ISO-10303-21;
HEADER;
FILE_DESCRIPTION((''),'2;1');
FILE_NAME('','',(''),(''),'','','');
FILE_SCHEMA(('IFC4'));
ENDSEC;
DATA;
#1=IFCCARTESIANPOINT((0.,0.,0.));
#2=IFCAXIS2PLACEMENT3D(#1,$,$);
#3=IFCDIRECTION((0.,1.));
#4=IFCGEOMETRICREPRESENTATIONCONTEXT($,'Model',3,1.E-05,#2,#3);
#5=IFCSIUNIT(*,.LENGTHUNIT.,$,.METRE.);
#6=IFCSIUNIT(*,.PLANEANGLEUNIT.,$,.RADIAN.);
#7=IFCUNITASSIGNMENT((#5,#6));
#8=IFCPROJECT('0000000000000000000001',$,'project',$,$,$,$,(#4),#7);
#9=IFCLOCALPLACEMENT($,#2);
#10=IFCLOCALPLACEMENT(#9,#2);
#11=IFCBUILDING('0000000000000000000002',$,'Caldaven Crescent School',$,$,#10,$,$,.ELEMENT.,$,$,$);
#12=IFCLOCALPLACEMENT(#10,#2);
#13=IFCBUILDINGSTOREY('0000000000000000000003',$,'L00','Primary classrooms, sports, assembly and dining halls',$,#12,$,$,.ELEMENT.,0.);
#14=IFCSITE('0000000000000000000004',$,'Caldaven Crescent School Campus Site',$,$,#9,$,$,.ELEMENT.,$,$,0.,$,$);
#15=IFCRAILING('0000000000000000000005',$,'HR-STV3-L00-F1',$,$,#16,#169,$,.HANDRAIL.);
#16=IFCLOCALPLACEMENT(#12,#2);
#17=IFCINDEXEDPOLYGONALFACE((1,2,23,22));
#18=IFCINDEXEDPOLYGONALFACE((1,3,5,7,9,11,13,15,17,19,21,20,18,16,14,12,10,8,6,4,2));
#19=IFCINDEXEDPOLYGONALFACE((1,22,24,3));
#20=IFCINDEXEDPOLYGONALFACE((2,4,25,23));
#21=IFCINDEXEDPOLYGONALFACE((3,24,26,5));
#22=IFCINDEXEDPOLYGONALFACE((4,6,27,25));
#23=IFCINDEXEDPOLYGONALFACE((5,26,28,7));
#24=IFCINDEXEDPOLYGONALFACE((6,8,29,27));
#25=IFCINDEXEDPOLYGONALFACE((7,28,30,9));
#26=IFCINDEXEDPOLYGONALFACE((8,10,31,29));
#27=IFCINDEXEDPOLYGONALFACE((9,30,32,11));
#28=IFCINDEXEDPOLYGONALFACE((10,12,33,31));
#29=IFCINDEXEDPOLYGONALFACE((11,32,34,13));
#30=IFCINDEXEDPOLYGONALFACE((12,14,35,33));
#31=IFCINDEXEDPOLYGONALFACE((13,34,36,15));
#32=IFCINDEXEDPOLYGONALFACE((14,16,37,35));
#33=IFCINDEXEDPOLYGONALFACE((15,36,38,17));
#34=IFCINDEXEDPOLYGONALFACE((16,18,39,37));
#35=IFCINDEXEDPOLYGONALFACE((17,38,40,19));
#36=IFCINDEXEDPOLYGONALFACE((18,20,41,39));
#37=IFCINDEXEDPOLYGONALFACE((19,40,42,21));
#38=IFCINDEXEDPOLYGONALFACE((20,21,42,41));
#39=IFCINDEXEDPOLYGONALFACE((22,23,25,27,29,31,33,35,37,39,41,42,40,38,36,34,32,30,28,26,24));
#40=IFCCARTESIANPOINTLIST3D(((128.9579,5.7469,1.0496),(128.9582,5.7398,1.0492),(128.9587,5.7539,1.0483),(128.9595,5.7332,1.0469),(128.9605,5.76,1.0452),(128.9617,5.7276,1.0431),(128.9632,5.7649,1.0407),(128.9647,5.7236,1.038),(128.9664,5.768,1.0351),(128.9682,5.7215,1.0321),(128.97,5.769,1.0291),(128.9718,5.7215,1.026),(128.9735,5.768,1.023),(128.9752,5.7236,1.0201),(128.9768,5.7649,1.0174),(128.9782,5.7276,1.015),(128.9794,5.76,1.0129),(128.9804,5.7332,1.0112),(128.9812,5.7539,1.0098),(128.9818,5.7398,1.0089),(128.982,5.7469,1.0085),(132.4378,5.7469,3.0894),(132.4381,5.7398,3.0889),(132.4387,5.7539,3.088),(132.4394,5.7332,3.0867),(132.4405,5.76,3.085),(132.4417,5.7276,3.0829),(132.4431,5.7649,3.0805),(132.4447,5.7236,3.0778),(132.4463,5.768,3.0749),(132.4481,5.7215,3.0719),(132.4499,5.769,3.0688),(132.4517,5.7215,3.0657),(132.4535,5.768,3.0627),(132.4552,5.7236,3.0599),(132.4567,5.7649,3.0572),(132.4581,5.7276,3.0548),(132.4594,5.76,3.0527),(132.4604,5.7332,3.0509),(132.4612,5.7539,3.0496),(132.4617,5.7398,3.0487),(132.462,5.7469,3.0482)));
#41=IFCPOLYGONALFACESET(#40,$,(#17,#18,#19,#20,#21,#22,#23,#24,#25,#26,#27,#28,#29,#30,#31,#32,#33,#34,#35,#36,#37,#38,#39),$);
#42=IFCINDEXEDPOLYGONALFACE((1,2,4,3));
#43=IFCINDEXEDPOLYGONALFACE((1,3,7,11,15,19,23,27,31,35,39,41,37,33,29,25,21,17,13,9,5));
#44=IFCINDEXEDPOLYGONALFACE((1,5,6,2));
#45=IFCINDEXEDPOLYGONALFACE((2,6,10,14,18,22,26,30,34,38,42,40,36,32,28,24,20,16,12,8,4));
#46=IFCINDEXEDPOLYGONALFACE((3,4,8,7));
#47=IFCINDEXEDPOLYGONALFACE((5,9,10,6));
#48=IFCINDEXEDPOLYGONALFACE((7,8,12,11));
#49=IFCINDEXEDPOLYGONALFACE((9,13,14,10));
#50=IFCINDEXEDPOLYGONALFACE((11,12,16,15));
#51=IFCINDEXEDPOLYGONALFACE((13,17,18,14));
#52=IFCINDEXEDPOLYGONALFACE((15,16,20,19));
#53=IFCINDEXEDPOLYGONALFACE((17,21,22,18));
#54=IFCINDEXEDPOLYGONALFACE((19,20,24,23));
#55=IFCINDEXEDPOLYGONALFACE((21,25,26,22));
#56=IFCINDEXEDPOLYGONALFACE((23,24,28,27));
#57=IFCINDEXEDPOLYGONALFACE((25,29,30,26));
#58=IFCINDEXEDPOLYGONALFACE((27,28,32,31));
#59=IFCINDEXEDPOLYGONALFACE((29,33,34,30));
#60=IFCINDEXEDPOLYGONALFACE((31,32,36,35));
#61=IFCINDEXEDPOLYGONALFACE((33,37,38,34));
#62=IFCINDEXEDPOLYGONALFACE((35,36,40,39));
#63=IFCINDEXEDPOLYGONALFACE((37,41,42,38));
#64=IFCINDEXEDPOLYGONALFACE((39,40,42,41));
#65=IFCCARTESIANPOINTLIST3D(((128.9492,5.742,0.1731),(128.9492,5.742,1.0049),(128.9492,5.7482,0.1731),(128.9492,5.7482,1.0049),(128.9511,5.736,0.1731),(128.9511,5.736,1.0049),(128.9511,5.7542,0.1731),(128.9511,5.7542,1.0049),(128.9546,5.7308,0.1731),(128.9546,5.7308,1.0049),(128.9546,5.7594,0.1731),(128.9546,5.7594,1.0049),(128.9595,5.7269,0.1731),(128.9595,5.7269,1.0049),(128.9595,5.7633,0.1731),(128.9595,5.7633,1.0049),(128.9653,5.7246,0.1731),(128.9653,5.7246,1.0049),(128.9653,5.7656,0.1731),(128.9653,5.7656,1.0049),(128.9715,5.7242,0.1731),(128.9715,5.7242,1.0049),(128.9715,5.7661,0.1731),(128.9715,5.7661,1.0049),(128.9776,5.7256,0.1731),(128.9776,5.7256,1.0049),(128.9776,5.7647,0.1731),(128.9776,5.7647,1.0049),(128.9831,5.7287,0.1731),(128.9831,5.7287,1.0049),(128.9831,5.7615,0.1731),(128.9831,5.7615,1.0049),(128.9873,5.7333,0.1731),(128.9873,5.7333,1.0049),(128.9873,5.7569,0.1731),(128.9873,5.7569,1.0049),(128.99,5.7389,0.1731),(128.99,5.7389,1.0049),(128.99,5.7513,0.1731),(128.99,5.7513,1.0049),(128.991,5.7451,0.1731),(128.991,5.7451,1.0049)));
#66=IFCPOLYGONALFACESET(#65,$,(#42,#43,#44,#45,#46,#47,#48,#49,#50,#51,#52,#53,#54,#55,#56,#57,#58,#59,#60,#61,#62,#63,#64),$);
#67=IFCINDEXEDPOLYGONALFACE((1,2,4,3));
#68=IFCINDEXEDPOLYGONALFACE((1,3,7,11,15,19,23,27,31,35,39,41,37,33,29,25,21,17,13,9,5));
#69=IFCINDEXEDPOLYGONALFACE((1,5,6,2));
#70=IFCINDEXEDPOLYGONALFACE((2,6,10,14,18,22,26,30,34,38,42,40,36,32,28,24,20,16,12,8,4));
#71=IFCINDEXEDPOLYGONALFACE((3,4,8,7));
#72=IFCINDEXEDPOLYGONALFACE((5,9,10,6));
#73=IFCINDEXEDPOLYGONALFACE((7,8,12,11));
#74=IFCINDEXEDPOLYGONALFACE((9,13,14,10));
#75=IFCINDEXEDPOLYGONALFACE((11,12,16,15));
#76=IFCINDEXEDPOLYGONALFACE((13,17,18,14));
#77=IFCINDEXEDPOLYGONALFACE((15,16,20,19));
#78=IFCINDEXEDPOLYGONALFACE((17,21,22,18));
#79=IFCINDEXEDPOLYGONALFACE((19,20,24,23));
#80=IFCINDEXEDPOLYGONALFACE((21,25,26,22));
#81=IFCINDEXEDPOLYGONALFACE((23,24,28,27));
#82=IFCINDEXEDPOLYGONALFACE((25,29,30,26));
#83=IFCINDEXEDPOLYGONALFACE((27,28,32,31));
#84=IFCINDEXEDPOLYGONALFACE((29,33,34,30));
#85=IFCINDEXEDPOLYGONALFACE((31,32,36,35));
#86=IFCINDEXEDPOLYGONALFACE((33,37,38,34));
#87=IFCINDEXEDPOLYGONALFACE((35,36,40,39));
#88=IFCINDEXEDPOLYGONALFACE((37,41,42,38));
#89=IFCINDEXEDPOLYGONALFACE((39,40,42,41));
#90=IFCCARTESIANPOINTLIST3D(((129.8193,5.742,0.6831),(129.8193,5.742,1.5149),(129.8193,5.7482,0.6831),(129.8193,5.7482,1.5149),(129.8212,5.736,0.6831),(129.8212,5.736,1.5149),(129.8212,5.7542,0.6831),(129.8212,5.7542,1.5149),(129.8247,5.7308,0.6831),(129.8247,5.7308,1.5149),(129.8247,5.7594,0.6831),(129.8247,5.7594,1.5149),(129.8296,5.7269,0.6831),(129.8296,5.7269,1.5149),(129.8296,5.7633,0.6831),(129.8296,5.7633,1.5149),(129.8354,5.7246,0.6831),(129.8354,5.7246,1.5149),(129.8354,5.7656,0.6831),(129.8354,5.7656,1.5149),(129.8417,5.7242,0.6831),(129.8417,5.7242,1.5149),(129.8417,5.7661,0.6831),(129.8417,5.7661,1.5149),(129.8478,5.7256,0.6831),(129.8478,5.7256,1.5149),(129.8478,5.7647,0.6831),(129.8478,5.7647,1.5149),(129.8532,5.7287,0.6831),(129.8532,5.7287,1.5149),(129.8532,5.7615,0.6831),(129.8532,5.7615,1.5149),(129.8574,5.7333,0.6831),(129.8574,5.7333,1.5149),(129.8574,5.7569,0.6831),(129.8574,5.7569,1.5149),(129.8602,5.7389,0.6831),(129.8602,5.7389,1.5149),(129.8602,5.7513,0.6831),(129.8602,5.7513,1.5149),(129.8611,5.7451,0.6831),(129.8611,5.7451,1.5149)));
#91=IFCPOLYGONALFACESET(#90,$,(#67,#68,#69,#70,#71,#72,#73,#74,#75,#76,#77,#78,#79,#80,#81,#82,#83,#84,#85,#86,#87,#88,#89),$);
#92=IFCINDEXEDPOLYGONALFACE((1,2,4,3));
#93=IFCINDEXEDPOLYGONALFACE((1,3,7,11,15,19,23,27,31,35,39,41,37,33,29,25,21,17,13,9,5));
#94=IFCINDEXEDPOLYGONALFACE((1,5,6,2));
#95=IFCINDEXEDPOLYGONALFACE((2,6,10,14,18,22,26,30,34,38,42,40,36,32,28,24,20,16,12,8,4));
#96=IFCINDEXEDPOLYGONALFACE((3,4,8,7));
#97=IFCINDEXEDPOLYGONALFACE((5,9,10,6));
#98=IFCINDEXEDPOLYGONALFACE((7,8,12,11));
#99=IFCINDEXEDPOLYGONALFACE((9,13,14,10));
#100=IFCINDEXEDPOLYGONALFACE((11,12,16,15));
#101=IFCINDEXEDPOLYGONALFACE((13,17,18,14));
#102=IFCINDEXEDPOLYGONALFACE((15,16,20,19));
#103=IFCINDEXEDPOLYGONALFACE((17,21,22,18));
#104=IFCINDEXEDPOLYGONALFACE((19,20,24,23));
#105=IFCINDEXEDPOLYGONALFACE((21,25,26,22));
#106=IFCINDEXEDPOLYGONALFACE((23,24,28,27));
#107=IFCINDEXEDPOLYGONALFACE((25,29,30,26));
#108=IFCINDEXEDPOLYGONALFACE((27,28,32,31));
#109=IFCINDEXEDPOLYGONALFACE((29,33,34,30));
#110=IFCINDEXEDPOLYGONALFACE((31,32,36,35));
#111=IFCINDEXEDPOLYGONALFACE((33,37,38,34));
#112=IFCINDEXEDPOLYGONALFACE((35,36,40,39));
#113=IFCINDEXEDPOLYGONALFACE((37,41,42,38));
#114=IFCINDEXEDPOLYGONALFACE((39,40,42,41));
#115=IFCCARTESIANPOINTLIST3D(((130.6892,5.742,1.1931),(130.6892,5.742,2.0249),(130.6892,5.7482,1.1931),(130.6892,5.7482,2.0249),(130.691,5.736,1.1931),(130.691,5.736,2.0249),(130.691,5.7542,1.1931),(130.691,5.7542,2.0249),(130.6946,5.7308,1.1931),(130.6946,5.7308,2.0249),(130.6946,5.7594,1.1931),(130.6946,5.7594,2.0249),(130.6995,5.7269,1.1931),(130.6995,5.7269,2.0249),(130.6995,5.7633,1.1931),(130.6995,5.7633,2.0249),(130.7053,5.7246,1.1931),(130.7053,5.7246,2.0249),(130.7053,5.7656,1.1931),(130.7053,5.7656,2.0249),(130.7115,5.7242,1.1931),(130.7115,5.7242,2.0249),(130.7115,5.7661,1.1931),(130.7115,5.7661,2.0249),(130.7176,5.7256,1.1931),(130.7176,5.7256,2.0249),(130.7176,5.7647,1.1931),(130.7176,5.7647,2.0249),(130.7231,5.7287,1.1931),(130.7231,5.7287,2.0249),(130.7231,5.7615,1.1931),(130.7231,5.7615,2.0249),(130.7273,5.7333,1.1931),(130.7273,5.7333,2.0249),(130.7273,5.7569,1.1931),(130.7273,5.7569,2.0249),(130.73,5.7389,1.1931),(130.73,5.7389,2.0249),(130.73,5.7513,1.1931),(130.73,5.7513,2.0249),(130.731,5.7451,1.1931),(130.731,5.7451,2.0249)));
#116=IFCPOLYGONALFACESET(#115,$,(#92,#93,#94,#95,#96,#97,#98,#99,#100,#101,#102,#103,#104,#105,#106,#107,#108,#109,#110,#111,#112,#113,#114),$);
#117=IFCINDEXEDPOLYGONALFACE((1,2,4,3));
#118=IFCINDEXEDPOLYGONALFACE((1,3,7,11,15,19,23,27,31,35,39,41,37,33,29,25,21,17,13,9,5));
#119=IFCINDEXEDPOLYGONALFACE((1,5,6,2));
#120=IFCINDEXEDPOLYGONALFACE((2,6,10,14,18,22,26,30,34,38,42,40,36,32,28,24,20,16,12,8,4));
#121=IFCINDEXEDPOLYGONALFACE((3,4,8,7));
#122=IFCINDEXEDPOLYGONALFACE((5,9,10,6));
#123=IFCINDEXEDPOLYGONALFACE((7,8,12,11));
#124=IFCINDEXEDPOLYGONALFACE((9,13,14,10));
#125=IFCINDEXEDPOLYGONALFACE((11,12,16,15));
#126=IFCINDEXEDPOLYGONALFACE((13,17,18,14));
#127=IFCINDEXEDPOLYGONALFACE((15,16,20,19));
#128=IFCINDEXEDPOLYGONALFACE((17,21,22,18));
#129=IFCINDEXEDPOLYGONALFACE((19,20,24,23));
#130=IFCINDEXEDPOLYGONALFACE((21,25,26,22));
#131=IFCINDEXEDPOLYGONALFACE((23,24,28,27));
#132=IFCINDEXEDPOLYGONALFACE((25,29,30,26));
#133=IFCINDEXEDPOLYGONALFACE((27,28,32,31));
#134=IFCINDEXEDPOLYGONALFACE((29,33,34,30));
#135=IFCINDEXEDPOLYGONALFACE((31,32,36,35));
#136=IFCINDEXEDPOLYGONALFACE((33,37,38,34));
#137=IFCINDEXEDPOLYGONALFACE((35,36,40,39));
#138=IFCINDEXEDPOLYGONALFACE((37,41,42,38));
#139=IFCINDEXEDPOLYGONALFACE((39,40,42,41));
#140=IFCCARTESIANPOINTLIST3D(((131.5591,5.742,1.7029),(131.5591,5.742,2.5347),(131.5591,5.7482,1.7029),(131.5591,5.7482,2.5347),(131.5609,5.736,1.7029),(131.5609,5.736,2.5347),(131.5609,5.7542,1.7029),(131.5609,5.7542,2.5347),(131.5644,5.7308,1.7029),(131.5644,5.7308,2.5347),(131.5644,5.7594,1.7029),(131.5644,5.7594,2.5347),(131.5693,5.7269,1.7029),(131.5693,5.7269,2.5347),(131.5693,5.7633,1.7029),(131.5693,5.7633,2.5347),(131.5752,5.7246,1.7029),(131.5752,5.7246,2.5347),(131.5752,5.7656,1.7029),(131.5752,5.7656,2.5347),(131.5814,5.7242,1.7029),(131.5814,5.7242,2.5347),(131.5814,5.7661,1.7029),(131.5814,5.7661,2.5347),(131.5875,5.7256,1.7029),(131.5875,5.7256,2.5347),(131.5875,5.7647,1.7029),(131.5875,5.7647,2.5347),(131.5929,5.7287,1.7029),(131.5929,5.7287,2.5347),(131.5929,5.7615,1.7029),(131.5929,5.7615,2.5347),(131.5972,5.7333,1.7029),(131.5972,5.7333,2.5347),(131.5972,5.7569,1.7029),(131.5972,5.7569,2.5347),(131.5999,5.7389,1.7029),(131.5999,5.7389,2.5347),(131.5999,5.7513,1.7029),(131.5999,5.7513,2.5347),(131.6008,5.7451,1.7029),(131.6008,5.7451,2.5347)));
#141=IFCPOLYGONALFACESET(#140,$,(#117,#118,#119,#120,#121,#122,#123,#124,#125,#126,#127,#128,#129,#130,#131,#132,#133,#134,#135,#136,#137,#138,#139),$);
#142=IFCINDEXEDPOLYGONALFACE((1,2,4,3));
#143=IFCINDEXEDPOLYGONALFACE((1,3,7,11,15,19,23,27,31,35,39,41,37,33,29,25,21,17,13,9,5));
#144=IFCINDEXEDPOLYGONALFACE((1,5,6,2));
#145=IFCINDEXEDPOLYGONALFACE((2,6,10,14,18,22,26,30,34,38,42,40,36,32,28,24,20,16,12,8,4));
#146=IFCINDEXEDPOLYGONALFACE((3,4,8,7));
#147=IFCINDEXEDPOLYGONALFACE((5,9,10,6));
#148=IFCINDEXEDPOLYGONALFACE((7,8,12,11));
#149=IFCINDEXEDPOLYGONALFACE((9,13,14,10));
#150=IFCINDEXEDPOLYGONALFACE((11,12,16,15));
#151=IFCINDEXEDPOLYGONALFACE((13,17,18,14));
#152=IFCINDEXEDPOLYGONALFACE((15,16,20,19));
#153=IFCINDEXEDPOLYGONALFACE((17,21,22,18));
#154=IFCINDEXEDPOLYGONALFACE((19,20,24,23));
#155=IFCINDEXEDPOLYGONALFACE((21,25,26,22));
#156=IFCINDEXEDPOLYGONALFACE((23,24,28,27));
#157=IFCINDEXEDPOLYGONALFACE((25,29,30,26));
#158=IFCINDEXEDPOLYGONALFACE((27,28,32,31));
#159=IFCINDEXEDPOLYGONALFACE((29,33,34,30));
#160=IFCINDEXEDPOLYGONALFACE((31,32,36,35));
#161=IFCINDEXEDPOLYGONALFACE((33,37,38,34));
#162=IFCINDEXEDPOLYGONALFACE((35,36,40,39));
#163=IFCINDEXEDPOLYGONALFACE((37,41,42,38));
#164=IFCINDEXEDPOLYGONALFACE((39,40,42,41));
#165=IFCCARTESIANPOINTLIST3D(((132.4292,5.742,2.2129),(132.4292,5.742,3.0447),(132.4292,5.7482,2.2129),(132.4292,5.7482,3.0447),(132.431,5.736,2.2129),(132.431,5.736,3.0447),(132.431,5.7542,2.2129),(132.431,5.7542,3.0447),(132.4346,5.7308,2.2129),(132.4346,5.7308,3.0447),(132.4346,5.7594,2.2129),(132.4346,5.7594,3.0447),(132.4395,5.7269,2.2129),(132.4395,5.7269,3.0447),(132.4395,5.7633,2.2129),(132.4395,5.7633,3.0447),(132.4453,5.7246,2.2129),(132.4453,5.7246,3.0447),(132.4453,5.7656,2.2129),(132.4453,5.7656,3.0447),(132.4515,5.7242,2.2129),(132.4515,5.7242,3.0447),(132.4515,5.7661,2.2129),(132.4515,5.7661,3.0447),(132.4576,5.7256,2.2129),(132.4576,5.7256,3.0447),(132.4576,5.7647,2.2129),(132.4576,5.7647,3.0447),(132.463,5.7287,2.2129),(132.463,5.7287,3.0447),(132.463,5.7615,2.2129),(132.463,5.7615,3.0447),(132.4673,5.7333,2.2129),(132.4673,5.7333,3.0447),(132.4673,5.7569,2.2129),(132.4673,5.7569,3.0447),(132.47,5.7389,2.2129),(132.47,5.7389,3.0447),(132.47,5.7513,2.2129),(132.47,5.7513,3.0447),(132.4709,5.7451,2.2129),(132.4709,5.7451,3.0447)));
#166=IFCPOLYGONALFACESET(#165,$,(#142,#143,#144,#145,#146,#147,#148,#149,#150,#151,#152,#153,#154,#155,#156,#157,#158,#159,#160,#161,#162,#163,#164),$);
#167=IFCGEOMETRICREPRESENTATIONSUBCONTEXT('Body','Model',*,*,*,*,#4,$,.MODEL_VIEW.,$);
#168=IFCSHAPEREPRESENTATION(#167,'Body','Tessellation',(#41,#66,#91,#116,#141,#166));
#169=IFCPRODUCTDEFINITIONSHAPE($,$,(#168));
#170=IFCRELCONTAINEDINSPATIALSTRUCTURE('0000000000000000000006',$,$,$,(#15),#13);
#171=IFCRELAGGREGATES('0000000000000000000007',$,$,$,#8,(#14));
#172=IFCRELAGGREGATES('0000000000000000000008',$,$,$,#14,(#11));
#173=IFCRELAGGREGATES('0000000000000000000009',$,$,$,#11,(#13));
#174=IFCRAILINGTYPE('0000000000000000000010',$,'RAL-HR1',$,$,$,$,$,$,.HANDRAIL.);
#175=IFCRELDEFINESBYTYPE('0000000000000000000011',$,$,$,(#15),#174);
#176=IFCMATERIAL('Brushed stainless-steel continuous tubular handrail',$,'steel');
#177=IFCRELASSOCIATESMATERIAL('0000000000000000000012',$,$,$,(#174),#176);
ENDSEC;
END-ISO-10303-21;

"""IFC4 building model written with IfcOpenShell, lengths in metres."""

from ifc_helpers import new_model, si_unit, direction, frame, origin, origin_2d, place, context, subcontext, project, spatial, circle, extrude, material, type_object, element, save


model = new_model("IFC4")

# Units and contexts
model_context = context("Model", 3, precision=1e-05, world=origin(), true_north=direction((0.0, 1.0)))
body_context = subcontext(model_context, "Body", "Model", "MODEL_VIEW")
ifc_project = project(units=[si_unit("LENGTHUNIT", "METRE"), si_unit("PLANEANGLEUNIT", "RADIAN")], contexts=[model_context])

# Site, building, storey
site_placement = place(None, origin())
site = spatial("IfcSite", under=ifc_project, at=site_placement, Name="Caldaven Crescent School Campus Site", CompositionType="ELEMENT", RefElevation=0.0)
building_placement = place(site_placement, origin())
building = spatial("IfcBuilding", under=site, at=building_placement, Name="Caldaven Crescent School", CompositionType="ELEMENT")
storey_placement = place(building_placement, origin())
storey = spatial("IfcBuildingStorey", under=building, at=storey_placement, Name="L00", Description="Primary classrooms, sports, assembly and dining halls", CompositionType="ELEMENT", Elevation=0.0)

# Railing
ifc_material_1 = material(Name="Brushed stainless-steel continuous tubular handrail", Category="steel")
railing_type_1 = type_object("IfcRailingType", Name="RAL-HR1", PredefinedType="HANDRAIL", material=ifc_material_1)
railing_1_placement = place(storey_placement, frame((128.97, 5.7451, 0.1731)))
element("IfcRailing", 1, at=railing_1_placement, inside=storey, type_object=railing_type_1, Name="HR-STV3-L00-F1", PredefinedType="HANDRAIL", context=body_context, shape_type="SweptSolid", body=[
    extrude(circle(Radius=0.0239, at=origin_2d()), frame((0.0, 0.0, 0.856), z_axis=(0.862719, 0.0, 0.505684), x_axis=(0.0, 1.0, 0.0)), (0.0, 0.0, 1.0), 4.0337),
    extrude(circle(Radius=0.021, at=origin_2d()), origin(), (0.0, 0.0, 1.0), 0.8318),
    extrude(circle(Radius=0.021, at=origin_2d()), frame((0.8701, 0.0, 0.51)), (0.0, 0.0, 1.0), 0.8318),
    extrude(circle(Radius=0.021, at=origin_2d()), frame((1.74, 0.0, 1.02)), (0.0, 0.0, 1.0), 0.8318),
    extrude(circle(Radius=0.021, at=origin_2d()), frame((2.6099, 0.0, 1.5298)), (0.0, 0.0, 1.0), 0.8318),
    extrude(circle(Radius=0.021, at=origin_2d()), frame((3.48, 0.0, 2.0398)), (0.0, 0.0, 1.0), 0.8318),
])

save(model, "model.ifc")
